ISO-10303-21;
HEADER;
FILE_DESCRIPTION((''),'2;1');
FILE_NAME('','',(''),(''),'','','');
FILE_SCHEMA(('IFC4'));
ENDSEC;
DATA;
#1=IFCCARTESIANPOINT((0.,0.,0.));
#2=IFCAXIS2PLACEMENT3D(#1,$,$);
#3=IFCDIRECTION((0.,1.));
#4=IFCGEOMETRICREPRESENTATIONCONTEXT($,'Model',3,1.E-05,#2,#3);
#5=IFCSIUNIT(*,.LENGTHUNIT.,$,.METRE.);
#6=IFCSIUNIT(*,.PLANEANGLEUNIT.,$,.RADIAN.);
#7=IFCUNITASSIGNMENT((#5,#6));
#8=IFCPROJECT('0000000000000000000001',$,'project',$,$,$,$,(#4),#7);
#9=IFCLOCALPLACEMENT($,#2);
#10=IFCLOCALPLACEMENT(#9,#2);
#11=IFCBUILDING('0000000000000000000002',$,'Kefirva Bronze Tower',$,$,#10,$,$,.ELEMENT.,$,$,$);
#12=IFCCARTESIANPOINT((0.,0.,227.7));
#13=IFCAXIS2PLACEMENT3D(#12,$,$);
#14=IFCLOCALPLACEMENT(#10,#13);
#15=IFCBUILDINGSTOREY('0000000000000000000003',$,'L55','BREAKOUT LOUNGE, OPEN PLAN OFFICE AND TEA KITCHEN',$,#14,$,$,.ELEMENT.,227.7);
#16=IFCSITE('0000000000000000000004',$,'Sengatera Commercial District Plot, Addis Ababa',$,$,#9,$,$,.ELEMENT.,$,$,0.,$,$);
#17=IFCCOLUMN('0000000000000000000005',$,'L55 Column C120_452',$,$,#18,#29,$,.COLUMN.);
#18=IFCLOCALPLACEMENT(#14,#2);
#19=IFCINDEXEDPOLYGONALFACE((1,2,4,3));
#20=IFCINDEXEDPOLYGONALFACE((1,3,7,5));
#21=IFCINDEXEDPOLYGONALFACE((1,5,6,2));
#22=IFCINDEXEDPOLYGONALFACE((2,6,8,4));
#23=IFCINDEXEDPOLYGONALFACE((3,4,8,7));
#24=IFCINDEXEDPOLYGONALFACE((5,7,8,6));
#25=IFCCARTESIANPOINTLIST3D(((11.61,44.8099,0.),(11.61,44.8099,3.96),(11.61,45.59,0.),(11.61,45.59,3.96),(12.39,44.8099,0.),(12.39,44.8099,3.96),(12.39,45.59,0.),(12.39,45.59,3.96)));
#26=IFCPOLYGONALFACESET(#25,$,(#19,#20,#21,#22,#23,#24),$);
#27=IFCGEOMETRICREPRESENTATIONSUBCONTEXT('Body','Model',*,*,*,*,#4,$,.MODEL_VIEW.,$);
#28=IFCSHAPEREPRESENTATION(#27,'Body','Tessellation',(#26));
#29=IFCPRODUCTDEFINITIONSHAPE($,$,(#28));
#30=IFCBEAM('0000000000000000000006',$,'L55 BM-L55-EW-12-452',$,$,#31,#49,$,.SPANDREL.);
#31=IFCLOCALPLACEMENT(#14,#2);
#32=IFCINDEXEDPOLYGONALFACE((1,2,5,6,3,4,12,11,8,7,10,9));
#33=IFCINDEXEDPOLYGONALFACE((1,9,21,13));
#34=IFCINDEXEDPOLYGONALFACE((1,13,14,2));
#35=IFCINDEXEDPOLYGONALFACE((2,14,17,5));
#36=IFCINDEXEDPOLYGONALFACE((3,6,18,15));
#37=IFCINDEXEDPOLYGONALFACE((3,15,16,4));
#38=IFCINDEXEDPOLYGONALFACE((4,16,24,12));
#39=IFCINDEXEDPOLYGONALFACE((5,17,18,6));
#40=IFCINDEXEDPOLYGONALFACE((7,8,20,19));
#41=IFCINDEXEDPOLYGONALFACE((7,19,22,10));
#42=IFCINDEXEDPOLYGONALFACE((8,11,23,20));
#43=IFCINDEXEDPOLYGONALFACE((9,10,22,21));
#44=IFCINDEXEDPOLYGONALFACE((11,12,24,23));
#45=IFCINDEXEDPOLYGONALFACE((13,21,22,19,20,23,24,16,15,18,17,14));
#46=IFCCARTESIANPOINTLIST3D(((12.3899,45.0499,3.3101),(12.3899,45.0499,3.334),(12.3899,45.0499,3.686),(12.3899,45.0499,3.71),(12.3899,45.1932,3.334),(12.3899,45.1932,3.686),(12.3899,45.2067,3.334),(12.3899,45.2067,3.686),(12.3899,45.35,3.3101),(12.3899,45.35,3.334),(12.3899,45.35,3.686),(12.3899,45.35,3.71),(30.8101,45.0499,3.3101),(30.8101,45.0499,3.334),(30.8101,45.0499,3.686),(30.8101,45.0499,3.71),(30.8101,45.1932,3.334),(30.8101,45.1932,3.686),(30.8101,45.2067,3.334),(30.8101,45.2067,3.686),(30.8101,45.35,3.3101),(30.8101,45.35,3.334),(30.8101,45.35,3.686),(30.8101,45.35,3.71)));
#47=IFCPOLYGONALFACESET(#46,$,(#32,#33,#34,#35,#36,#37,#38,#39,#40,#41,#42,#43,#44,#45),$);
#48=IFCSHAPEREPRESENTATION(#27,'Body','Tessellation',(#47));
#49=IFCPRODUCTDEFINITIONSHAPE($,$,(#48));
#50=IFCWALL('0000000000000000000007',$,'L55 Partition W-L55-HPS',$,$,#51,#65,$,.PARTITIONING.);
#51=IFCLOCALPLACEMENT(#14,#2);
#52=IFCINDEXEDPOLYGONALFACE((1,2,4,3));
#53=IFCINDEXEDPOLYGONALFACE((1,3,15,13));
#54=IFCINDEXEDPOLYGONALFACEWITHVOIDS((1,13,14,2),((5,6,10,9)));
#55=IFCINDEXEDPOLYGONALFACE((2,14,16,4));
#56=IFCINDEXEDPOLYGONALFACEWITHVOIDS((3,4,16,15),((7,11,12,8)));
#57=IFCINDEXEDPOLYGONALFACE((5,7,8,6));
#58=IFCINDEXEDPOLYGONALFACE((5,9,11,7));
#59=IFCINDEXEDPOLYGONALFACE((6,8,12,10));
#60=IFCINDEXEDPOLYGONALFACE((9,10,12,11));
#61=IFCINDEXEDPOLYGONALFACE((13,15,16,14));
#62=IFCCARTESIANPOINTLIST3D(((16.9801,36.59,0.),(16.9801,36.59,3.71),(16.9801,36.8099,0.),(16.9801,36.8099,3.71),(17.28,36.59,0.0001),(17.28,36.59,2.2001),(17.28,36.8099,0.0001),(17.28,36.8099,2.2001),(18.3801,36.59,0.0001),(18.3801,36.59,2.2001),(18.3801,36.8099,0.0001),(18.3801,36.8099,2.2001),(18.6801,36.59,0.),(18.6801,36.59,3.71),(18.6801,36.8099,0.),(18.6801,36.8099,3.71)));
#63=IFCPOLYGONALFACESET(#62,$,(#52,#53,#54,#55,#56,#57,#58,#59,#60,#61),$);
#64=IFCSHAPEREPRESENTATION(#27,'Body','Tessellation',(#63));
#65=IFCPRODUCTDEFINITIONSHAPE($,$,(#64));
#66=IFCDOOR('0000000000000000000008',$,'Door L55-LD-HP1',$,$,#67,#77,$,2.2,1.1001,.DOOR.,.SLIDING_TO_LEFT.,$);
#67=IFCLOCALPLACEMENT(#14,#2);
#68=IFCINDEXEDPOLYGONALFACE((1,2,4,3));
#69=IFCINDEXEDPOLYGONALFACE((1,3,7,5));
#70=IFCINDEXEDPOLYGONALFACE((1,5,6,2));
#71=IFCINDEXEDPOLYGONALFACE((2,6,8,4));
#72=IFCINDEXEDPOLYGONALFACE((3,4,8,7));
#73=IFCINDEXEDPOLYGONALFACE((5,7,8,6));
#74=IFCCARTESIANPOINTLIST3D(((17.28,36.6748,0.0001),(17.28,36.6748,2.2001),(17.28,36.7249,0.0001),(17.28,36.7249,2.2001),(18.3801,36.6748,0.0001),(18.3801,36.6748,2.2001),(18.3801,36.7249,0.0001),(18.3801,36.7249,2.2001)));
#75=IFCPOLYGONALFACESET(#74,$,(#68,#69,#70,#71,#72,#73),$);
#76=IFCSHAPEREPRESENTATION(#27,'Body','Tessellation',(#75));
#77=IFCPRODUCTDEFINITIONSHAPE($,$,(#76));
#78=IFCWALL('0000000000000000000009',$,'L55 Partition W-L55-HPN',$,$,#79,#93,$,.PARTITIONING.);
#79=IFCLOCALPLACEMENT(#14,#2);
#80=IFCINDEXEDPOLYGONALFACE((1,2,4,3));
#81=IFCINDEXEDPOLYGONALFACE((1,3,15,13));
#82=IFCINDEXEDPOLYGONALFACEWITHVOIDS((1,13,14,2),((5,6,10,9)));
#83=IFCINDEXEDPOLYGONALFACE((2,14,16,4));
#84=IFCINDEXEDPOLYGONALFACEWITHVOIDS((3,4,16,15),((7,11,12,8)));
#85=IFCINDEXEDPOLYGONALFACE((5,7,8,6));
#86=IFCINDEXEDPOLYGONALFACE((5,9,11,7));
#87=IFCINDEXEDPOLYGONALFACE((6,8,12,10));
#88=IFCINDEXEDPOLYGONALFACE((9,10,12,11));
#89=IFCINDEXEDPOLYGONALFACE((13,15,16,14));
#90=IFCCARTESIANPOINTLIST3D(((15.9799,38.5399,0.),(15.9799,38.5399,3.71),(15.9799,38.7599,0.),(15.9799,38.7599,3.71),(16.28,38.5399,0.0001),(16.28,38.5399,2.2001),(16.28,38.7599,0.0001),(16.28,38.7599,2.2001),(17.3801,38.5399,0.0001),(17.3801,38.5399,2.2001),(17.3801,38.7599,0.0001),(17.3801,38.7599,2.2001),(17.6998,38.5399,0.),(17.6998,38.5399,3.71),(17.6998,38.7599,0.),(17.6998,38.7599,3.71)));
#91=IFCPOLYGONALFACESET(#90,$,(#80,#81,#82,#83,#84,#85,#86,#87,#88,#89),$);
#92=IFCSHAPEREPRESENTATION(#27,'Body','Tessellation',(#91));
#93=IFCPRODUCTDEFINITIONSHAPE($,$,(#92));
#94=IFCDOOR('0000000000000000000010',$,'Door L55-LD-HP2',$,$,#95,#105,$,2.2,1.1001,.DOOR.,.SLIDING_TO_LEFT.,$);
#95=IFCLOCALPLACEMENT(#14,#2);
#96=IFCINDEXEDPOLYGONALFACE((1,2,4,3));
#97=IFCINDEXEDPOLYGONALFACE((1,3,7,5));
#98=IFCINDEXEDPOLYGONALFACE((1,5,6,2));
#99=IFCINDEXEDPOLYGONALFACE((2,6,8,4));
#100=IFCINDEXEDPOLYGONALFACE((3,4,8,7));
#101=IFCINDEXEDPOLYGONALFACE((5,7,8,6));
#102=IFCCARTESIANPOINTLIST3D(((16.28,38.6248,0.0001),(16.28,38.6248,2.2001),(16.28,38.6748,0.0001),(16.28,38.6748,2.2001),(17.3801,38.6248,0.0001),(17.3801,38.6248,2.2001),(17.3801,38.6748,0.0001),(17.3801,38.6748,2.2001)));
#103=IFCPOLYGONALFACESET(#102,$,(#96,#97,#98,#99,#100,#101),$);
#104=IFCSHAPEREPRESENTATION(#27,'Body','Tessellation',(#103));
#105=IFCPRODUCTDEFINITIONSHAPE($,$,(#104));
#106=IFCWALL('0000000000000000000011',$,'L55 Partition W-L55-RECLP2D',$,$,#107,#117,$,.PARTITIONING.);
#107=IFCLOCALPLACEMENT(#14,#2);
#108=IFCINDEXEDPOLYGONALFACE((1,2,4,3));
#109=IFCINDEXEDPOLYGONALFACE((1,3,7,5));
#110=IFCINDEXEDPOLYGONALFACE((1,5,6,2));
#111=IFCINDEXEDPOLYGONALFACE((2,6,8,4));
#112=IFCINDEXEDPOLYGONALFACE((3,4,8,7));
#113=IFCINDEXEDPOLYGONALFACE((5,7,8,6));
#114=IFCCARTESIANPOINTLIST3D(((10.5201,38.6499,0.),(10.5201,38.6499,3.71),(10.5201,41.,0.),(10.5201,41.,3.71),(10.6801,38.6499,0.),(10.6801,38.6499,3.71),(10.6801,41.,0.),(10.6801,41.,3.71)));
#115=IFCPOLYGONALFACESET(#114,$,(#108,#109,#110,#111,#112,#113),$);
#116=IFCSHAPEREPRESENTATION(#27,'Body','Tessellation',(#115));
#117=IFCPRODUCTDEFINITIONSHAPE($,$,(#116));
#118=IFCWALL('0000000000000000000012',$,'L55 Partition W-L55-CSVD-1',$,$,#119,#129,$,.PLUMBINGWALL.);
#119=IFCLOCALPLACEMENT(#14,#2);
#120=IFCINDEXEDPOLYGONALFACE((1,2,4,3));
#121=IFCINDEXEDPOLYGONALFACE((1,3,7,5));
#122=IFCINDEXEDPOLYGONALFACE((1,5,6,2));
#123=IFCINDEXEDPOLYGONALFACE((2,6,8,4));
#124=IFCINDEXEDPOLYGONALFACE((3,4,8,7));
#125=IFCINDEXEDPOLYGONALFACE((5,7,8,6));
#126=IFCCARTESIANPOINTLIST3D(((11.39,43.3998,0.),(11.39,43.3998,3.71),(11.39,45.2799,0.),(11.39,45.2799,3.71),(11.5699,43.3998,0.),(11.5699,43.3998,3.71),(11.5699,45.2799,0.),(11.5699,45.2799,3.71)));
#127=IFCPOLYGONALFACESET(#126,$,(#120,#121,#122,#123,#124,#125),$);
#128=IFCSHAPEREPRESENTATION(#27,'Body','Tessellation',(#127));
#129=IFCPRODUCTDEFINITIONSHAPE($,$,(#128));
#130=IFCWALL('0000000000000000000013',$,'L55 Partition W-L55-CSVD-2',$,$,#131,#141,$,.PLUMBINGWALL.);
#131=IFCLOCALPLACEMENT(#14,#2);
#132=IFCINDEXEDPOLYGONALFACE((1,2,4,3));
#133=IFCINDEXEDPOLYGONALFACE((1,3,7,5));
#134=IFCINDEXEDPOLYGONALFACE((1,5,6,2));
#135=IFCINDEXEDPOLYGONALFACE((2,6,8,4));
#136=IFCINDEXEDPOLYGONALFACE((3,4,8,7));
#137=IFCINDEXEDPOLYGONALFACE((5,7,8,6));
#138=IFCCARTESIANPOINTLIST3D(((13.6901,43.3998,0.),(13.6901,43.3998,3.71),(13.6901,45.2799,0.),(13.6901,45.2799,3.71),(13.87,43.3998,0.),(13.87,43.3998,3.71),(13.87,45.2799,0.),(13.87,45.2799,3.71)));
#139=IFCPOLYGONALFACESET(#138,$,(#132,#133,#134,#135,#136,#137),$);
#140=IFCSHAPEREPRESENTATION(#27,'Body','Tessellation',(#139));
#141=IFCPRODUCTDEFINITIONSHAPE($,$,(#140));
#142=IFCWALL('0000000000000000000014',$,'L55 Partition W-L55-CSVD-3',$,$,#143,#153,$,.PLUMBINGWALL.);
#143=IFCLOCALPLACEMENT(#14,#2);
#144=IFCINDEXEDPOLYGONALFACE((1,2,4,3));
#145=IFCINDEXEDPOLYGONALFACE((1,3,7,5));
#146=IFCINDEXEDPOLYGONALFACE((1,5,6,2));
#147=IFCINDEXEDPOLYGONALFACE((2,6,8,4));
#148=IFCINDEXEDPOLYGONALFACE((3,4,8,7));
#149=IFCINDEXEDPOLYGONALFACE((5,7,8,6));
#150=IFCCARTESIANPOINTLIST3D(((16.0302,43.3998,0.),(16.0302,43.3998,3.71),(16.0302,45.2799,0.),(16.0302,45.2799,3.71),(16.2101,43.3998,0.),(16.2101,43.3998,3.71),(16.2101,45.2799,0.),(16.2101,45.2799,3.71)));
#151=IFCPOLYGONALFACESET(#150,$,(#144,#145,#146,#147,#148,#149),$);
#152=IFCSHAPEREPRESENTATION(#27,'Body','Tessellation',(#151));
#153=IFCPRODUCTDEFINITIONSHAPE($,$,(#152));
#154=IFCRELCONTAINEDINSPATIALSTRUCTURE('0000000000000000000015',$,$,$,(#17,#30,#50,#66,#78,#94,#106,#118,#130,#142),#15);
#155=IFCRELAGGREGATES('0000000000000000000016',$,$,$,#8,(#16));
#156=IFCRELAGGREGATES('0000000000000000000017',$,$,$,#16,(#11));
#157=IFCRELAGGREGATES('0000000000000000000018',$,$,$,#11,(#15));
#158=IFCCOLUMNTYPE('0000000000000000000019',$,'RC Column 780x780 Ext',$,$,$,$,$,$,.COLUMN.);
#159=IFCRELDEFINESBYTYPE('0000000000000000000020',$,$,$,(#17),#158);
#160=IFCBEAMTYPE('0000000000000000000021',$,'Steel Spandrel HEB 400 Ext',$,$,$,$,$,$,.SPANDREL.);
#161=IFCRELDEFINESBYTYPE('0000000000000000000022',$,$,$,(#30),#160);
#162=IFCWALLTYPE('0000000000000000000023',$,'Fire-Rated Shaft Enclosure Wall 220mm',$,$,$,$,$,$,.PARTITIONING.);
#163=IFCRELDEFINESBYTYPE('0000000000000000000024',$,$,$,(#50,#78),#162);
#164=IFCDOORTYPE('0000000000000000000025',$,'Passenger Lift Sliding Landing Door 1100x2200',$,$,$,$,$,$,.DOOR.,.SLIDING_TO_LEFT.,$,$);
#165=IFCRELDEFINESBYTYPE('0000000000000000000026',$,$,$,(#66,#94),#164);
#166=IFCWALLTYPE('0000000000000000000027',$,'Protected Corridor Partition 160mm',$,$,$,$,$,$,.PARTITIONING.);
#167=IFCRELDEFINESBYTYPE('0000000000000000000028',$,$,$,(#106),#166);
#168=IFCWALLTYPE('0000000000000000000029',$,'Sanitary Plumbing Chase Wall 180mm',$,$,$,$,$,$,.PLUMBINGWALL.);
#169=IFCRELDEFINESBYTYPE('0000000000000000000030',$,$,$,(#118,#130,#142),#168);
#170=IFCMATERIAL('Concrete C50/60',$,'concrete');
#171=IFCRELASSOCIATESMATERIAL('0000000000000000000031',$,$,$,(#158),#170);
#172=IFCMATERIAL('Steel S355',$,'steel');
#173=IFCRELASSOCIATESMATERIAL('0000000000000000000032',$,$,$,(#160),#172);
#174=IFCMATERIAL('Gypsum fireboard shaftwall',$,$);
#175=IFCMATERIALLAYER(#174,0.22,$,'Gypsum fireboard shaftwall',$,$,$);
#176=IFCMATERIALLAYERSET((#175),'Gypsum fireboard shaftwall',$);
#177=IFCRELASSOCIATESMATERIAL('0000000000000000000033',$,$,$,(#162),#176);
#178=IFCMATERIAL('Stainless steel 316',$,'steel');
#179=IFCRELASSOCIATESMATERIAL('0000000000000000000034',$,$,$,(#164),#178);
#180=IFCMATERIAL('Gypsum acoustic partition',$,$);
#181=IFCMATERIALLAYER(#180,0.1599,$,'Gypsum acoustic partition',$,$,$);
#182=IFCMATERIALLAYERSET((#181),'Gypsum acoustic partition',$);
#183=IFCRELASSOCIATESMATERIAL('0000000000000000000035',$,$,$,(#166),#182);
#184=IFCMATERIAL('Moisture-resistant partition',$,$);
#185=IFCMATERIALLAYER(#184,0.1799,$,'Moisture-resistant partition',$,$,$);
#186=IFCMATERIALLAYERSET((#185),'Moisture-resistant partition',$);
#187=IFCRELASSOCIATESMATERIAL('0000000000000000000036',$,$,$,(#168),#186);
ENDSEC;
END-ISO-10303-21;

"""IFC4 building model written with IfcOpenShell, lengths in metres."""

from ifc_helpers import new_model, si_unit, direction, frame, frame_2d, origin, origin_2d, place, context, subcontext, project, spatial, rectangle, i_section, extrude, material, layer, layer_set, material_profile, profile_set, type_object, element, fill, save


model = new_model("IFC4")

# Units and contexts
model_context = context("Model", 3, precision=1e-05, world=origin(), true_north=direction((0.0, 1.0)))
body_context = subcontext(model_context, "Body", "Model", "MODEL_VIEW")
ifc_project = project(units=[si_unit("LENGTHUNIT", "METRE"), si_unit("PLANEANGLEUNIT", "RADIAN")], contexts=[model_context])

# Site, building, storey
site_placement = place(None, origin())
site = spatial("IfcSite", under=ifc_project, at=site_placement, Name="Sengatera Commercial District Plot, Addis Ababa", CompositionType="ELEMENT", RefElevation=0.0)
building_placement = place(site_placement, origin())
building = spatial("IfcBuilding", under=site, at=building_placement, Name="Kefirva Bronze Tower", CompositionType="ELEMENT")
storey_placement = place(building_placement, frame((0.0, 0.0, 227.7)))
storey = spatial("IfcBuildingStorey", under=building, at=storey_placement, Name="L55", Description="BREAKOUT LOUNGE, OPEN PLAN OFFICE AND TEA KITCHEN", CompositionType="ELEMENT", Elevation=227.7)

# Column
ifc_material_1 = material(Name="Concrete C50/60", Category="concrete")
ifc_material_profile_1 = material_profile(ifc_material_1, rectangle(XDim=0.78, YDim=0.78, at=origin_2d()), Name="RC 780x780")
ifc_profile_set_1 = profile_set([ifc_material_profile_1], Name="Concrete C50/60")
column_type = type_object("IfcColumnType", Name="RC Column 780x780 Ext", PredefinedType="COLUMN", material=ifc_profile_set_1)
column_placement = place(storey_placement, frame((12.0, 45.2, 0.0), z_axis=(0.0, 0.0, 1.0), x_axis=(1.0, 0.0, 0.0)))
element("IfcColumn", 1, at=column_placement, inside=storey, type_object=column_type, Name="L55 Column C120_452", PredefinedType="COLUMN", context=body_context, shape_type="SweptSolid", body=[
    extrude(rectangle(XDim=0.78, YDim=0.78, at=origin_2d()), origin(), (0.0, 0.0, 1.0), 3.96),
])

# Beam
ifc_material_2 = material(Name="Steel S355", Category="steel")
ifc_material_profile_2 = material_profile(ifc_material_2, i_section(OverallWidth=0.3, OverallDepth=0.3999, WebThickness=0.0134, FlangeThickness=0.0239, at=origin_2d()), Name="HEB 400")
ifc_profile_set_2 = profile_set([ifc_material_profile_2], Name="Steel S355")
beam_type = type_object("IfcBeamType", Name="Steel Spandrel HEB 400 Ext", PredefinedType="SPANDREL", material=ifc_profile_set_2)
beam_placement = place(storey_placement, frame((12.3899, 45.2, 3.51), z_axis=(1.0, 0.0, 0.0), x_axis=(0.0, 1.0, 0.0)))
element("IfcBeam", 2, at=beam_placement, inside=storey, type_object=beam_type, Name="L55 BM-L55-EW-12-452", PredefinedType="SPANDREL", context=body_context, shape_type="SweptSolid", body=[
    extrude(i_section(OverallWidth=0.3, OverallDepth=0.3999, WebThickness=0.0134, FlangeThickness=0.0239, at=origin_2d()), origin(), (0.0, 0.0, 1.0), 18.4202),
])

# Walls, openings, doors
ifc_material_3 = material(Name="Gypsum acoustic partition")
ifc_material_4 = material(Name="Gypsum fireboard shaftwall")
ifc_layer_1 = layer(ifc_material_4, 0.22, Name="Gypsum fireboard shaftwall")
ifc_layer_set_1 = layer_set([ifc_layer_1], Name="Gypsum fireboard shaftwall")
wall_type_1 = type_object("IfcWallType", Name="Fire-Rated Shaft Enclosure Wall 220mm", PredefinedType="PARTITIONING", material=ifc_layer_set_1)
wall_1_placement = place(storey_placement, frame((16.98, 36.7, 0.0), z_axis=(0.0, 0.0, 1.0), x_axis=(1.0, 0.0, 0.0)))
wall_1 = element("IfcWall", 3, at=wall_1_placement, inside=storey, type_object=wall_type_1, Name="L55 Partition W-L55-HPS", PredefinedType="PARTITIONING", context=body_context, shape_type="SweptSolid", body=[
    extrude(rectangle(XDim=1.7, YDim=0.22, at=frame_2d((0.8501, 0.0))), origin(), (0.0, 0.0, 1.0), 3.71),
])
opening_1_placement = place(wall_1_placement, frame((0.3, 0.0, 0.0)))
opening_1 = element("IfcOpeningElement", 4, at=opening_1_placement, cuts=wall_1, PredefinedType="OPENING", context=body_context, shape_type="SweptSolid", body=[
    extrude(rectangle(XDim=1.1001, YDim=2.2, at=frame_2d((0.55, 1.1001))), frame((0.0, 0.1201, 0.0), z_axis=(0.0, -1.0, 0.0), x_axis=(1.0, 0.0, 0.0)), (0.0, 0.0, 1.0), 0.24),
])
ifc_material_5 = material(Name="Stainless steel 316", Category="steel")
door_type_1 = type_object("IfcDoorType", Name="Passenger Lift Sliding Landing Door 1100x2200", OperationType="SLIDING_TO_LEFT", PredefinedType="DOOR", material=ifc_material_5)
door_1_placement = place(opening_1_placement, origin())
door_1 = element("IfcDoor", 5, at=door_1_placement, inside=storey, type_object=door_type_1, Name="Door L55-LD-HP1", OperationType="SLIDING_TO_LEFT", OverallHeight=2.2, OverallWidth=1.1001, PredefinedType="DOOR", context=body_context, shape_type="SweptSolid", body=[
    extrude(rectangle(XDim=1.1001, YDim=2.2, at=frame_2d((0.55, 1.1001))), frame((0.0, 0.0249, 0.0), z_axis=(0.0, -1.0, 0.0), x_axis=(1.0, 0.0, 0.0)), (0.0, 0.0, 1.0), 0.05),
])
fill(opening_1, door_1)
wall_2_placement = place(storey_placement, frame((15.98, 38.6499, 0.0), z_axis=(0.0, 0.0, 1.0), x_axis=(1.0, 0.0, 0.0)))
wall_2 = element("IfcWall", 6, at=wall_2_placement, inside=storey, type_object=wall_type_1, Name="L55 Partition W-L55-HPN", PredefinedType="PARTITIONING", context=body_context, shape_type="SweptSolid", body=[
    extrude(rectangle(XDim=1.72, YDim=0.22, at=frame_2d((0.8599, 0.0))), origin(), (0.0, 0.0, 1.0), 3.71),
])
opening_2_placement = place(wall_2_placement, frame((0.3, 0.0, 0.0)))
opening_2 = element("IfcOpeningElement", 7, at=opening_2_placement, cuts=wall_2, PredefinedType="OPENING", context=body_context, shape_type="SweptSolid", body=[
    extrude(rectangle(XDim=1.1001, YDim=2.2, at=frame_2d((0.55, 1.1001))), frame((0.0, 0.1201, 0.0), z_axis=(0.0, -1.0, 0.0), x_axis=(1.0, 0.0, 0.0)), (0.0, 0.0, 1.0), 0.24),
])
door_2_placement = place(opening_2_placement, origin())
door_2 = element("IfcDoor", 8, at=door_2_placement, inside=storey, type_object=door_type_1, Name="Door L55-LD-HP2", OperationType="SLIDING_TO_LEFT", OverallHeight=2.2, OverallWidth=1.1001, PredefinedType="DOOR", context=body_context, shape_type="SweptSolid", body=[
    extrude(rectangle(XDim=1.1001, YDim=2.2, at=frame_2d((0.55, 1.1001))), frame((0.0, 0.0249, 0.0), z_axis=(0.0, -1.0, 0.0), x_axis=(1.0, 0.0, 0.0)), (0.0, 0.0, 1.0), 0.05),
])
fill(opening_2, door_2)

# Shared definitions
ifc_layer_2 = layer(ifc_material_3, 0.1599, Name="Gypsum acoustic partition")
ifc_layer_set_2 = layer_set([ifc_layer_2], Name="Gypsum acoustic partition")
wall_type_2 = type_object("IfcWallType", Name="Protected Corridor Partition 160mm", PredefinedType="PARTITIONING", material=ifc_layer_set_2)

# Walls
wall_3_placement = place(storey_placement, frame((10.6001, 38.6499, 0.0), z_axis=(0.0, 0.0, 1.0), x_axis=(0.0, 1.0, 0.0)))
element("IfcWall", 9, at=wall_3_placement, inside=storey, type_object=wall_type_2, Name="L55 Partition W-L55-RECLP2D", PredefinedType="PARTITIONING", context=body_context, shape_type="SweptSolid", body=[
    extrude(rectangle(XDim=2.3501, YDim=0.1599, at=frame_2d((1.175, 0.0))), origin(), (0.0, 0.0, 1.0), 3.71),
])
ifc_material_6 = material(Name="Moisture-resistant partition")
ifc_layer_3 = layer(ifc_material_6, 0.1799, Name="Moisture-resistant partition")
ifc_layer_set_3 = layer_set([ifc_layer_3], Name="Moisture-resistant partition")
wall_type_3 = type_object("IfcWallType", Name="Sanitary Plumbing Chase Wall 180mm", PredefinedType="PLUMBINGWALL", material=ifc_layer_set_3)
for number, where, z_axis, x_axis, name in (
    (10, (11.48, 43.3999, 0.0), (0.0, 0.0, 1.0), (0.0, 1.0, 0.0), "L55 Partition W-L55-CSVD-1"),
    (11, (13.78, 43.3999, 0.0), (0.0, 0.0, 1.0), (0.0, 1.0, 0.0), "L55 Partition W-L55-CSVD-2"),
    (12, (16.1201, 43.3999, 0.0), (0.0, 0.0, 1.0), (0.0, 1.0, 0.0), "L55 Partition W-L55-CSVD-3"),
):
    element("IfcWall", number, at=place(storey_placement, frame(where, z_axis=z_axis, x_axis=x_axis)), inside=storey, type_object=wall_type_3, Name=name, PredefinedType="PLUMBINGWALL", context=body_context, shape_type="SweptSolid", body=[
        extrude(rectangle(XDim=1.8801, YDim=0.1799, at=frame_2d((0.9399, 0.0))), origin(), (0.0, 0.0, 1.0), 3.71),
    ])

save(model, "model.ifc")
